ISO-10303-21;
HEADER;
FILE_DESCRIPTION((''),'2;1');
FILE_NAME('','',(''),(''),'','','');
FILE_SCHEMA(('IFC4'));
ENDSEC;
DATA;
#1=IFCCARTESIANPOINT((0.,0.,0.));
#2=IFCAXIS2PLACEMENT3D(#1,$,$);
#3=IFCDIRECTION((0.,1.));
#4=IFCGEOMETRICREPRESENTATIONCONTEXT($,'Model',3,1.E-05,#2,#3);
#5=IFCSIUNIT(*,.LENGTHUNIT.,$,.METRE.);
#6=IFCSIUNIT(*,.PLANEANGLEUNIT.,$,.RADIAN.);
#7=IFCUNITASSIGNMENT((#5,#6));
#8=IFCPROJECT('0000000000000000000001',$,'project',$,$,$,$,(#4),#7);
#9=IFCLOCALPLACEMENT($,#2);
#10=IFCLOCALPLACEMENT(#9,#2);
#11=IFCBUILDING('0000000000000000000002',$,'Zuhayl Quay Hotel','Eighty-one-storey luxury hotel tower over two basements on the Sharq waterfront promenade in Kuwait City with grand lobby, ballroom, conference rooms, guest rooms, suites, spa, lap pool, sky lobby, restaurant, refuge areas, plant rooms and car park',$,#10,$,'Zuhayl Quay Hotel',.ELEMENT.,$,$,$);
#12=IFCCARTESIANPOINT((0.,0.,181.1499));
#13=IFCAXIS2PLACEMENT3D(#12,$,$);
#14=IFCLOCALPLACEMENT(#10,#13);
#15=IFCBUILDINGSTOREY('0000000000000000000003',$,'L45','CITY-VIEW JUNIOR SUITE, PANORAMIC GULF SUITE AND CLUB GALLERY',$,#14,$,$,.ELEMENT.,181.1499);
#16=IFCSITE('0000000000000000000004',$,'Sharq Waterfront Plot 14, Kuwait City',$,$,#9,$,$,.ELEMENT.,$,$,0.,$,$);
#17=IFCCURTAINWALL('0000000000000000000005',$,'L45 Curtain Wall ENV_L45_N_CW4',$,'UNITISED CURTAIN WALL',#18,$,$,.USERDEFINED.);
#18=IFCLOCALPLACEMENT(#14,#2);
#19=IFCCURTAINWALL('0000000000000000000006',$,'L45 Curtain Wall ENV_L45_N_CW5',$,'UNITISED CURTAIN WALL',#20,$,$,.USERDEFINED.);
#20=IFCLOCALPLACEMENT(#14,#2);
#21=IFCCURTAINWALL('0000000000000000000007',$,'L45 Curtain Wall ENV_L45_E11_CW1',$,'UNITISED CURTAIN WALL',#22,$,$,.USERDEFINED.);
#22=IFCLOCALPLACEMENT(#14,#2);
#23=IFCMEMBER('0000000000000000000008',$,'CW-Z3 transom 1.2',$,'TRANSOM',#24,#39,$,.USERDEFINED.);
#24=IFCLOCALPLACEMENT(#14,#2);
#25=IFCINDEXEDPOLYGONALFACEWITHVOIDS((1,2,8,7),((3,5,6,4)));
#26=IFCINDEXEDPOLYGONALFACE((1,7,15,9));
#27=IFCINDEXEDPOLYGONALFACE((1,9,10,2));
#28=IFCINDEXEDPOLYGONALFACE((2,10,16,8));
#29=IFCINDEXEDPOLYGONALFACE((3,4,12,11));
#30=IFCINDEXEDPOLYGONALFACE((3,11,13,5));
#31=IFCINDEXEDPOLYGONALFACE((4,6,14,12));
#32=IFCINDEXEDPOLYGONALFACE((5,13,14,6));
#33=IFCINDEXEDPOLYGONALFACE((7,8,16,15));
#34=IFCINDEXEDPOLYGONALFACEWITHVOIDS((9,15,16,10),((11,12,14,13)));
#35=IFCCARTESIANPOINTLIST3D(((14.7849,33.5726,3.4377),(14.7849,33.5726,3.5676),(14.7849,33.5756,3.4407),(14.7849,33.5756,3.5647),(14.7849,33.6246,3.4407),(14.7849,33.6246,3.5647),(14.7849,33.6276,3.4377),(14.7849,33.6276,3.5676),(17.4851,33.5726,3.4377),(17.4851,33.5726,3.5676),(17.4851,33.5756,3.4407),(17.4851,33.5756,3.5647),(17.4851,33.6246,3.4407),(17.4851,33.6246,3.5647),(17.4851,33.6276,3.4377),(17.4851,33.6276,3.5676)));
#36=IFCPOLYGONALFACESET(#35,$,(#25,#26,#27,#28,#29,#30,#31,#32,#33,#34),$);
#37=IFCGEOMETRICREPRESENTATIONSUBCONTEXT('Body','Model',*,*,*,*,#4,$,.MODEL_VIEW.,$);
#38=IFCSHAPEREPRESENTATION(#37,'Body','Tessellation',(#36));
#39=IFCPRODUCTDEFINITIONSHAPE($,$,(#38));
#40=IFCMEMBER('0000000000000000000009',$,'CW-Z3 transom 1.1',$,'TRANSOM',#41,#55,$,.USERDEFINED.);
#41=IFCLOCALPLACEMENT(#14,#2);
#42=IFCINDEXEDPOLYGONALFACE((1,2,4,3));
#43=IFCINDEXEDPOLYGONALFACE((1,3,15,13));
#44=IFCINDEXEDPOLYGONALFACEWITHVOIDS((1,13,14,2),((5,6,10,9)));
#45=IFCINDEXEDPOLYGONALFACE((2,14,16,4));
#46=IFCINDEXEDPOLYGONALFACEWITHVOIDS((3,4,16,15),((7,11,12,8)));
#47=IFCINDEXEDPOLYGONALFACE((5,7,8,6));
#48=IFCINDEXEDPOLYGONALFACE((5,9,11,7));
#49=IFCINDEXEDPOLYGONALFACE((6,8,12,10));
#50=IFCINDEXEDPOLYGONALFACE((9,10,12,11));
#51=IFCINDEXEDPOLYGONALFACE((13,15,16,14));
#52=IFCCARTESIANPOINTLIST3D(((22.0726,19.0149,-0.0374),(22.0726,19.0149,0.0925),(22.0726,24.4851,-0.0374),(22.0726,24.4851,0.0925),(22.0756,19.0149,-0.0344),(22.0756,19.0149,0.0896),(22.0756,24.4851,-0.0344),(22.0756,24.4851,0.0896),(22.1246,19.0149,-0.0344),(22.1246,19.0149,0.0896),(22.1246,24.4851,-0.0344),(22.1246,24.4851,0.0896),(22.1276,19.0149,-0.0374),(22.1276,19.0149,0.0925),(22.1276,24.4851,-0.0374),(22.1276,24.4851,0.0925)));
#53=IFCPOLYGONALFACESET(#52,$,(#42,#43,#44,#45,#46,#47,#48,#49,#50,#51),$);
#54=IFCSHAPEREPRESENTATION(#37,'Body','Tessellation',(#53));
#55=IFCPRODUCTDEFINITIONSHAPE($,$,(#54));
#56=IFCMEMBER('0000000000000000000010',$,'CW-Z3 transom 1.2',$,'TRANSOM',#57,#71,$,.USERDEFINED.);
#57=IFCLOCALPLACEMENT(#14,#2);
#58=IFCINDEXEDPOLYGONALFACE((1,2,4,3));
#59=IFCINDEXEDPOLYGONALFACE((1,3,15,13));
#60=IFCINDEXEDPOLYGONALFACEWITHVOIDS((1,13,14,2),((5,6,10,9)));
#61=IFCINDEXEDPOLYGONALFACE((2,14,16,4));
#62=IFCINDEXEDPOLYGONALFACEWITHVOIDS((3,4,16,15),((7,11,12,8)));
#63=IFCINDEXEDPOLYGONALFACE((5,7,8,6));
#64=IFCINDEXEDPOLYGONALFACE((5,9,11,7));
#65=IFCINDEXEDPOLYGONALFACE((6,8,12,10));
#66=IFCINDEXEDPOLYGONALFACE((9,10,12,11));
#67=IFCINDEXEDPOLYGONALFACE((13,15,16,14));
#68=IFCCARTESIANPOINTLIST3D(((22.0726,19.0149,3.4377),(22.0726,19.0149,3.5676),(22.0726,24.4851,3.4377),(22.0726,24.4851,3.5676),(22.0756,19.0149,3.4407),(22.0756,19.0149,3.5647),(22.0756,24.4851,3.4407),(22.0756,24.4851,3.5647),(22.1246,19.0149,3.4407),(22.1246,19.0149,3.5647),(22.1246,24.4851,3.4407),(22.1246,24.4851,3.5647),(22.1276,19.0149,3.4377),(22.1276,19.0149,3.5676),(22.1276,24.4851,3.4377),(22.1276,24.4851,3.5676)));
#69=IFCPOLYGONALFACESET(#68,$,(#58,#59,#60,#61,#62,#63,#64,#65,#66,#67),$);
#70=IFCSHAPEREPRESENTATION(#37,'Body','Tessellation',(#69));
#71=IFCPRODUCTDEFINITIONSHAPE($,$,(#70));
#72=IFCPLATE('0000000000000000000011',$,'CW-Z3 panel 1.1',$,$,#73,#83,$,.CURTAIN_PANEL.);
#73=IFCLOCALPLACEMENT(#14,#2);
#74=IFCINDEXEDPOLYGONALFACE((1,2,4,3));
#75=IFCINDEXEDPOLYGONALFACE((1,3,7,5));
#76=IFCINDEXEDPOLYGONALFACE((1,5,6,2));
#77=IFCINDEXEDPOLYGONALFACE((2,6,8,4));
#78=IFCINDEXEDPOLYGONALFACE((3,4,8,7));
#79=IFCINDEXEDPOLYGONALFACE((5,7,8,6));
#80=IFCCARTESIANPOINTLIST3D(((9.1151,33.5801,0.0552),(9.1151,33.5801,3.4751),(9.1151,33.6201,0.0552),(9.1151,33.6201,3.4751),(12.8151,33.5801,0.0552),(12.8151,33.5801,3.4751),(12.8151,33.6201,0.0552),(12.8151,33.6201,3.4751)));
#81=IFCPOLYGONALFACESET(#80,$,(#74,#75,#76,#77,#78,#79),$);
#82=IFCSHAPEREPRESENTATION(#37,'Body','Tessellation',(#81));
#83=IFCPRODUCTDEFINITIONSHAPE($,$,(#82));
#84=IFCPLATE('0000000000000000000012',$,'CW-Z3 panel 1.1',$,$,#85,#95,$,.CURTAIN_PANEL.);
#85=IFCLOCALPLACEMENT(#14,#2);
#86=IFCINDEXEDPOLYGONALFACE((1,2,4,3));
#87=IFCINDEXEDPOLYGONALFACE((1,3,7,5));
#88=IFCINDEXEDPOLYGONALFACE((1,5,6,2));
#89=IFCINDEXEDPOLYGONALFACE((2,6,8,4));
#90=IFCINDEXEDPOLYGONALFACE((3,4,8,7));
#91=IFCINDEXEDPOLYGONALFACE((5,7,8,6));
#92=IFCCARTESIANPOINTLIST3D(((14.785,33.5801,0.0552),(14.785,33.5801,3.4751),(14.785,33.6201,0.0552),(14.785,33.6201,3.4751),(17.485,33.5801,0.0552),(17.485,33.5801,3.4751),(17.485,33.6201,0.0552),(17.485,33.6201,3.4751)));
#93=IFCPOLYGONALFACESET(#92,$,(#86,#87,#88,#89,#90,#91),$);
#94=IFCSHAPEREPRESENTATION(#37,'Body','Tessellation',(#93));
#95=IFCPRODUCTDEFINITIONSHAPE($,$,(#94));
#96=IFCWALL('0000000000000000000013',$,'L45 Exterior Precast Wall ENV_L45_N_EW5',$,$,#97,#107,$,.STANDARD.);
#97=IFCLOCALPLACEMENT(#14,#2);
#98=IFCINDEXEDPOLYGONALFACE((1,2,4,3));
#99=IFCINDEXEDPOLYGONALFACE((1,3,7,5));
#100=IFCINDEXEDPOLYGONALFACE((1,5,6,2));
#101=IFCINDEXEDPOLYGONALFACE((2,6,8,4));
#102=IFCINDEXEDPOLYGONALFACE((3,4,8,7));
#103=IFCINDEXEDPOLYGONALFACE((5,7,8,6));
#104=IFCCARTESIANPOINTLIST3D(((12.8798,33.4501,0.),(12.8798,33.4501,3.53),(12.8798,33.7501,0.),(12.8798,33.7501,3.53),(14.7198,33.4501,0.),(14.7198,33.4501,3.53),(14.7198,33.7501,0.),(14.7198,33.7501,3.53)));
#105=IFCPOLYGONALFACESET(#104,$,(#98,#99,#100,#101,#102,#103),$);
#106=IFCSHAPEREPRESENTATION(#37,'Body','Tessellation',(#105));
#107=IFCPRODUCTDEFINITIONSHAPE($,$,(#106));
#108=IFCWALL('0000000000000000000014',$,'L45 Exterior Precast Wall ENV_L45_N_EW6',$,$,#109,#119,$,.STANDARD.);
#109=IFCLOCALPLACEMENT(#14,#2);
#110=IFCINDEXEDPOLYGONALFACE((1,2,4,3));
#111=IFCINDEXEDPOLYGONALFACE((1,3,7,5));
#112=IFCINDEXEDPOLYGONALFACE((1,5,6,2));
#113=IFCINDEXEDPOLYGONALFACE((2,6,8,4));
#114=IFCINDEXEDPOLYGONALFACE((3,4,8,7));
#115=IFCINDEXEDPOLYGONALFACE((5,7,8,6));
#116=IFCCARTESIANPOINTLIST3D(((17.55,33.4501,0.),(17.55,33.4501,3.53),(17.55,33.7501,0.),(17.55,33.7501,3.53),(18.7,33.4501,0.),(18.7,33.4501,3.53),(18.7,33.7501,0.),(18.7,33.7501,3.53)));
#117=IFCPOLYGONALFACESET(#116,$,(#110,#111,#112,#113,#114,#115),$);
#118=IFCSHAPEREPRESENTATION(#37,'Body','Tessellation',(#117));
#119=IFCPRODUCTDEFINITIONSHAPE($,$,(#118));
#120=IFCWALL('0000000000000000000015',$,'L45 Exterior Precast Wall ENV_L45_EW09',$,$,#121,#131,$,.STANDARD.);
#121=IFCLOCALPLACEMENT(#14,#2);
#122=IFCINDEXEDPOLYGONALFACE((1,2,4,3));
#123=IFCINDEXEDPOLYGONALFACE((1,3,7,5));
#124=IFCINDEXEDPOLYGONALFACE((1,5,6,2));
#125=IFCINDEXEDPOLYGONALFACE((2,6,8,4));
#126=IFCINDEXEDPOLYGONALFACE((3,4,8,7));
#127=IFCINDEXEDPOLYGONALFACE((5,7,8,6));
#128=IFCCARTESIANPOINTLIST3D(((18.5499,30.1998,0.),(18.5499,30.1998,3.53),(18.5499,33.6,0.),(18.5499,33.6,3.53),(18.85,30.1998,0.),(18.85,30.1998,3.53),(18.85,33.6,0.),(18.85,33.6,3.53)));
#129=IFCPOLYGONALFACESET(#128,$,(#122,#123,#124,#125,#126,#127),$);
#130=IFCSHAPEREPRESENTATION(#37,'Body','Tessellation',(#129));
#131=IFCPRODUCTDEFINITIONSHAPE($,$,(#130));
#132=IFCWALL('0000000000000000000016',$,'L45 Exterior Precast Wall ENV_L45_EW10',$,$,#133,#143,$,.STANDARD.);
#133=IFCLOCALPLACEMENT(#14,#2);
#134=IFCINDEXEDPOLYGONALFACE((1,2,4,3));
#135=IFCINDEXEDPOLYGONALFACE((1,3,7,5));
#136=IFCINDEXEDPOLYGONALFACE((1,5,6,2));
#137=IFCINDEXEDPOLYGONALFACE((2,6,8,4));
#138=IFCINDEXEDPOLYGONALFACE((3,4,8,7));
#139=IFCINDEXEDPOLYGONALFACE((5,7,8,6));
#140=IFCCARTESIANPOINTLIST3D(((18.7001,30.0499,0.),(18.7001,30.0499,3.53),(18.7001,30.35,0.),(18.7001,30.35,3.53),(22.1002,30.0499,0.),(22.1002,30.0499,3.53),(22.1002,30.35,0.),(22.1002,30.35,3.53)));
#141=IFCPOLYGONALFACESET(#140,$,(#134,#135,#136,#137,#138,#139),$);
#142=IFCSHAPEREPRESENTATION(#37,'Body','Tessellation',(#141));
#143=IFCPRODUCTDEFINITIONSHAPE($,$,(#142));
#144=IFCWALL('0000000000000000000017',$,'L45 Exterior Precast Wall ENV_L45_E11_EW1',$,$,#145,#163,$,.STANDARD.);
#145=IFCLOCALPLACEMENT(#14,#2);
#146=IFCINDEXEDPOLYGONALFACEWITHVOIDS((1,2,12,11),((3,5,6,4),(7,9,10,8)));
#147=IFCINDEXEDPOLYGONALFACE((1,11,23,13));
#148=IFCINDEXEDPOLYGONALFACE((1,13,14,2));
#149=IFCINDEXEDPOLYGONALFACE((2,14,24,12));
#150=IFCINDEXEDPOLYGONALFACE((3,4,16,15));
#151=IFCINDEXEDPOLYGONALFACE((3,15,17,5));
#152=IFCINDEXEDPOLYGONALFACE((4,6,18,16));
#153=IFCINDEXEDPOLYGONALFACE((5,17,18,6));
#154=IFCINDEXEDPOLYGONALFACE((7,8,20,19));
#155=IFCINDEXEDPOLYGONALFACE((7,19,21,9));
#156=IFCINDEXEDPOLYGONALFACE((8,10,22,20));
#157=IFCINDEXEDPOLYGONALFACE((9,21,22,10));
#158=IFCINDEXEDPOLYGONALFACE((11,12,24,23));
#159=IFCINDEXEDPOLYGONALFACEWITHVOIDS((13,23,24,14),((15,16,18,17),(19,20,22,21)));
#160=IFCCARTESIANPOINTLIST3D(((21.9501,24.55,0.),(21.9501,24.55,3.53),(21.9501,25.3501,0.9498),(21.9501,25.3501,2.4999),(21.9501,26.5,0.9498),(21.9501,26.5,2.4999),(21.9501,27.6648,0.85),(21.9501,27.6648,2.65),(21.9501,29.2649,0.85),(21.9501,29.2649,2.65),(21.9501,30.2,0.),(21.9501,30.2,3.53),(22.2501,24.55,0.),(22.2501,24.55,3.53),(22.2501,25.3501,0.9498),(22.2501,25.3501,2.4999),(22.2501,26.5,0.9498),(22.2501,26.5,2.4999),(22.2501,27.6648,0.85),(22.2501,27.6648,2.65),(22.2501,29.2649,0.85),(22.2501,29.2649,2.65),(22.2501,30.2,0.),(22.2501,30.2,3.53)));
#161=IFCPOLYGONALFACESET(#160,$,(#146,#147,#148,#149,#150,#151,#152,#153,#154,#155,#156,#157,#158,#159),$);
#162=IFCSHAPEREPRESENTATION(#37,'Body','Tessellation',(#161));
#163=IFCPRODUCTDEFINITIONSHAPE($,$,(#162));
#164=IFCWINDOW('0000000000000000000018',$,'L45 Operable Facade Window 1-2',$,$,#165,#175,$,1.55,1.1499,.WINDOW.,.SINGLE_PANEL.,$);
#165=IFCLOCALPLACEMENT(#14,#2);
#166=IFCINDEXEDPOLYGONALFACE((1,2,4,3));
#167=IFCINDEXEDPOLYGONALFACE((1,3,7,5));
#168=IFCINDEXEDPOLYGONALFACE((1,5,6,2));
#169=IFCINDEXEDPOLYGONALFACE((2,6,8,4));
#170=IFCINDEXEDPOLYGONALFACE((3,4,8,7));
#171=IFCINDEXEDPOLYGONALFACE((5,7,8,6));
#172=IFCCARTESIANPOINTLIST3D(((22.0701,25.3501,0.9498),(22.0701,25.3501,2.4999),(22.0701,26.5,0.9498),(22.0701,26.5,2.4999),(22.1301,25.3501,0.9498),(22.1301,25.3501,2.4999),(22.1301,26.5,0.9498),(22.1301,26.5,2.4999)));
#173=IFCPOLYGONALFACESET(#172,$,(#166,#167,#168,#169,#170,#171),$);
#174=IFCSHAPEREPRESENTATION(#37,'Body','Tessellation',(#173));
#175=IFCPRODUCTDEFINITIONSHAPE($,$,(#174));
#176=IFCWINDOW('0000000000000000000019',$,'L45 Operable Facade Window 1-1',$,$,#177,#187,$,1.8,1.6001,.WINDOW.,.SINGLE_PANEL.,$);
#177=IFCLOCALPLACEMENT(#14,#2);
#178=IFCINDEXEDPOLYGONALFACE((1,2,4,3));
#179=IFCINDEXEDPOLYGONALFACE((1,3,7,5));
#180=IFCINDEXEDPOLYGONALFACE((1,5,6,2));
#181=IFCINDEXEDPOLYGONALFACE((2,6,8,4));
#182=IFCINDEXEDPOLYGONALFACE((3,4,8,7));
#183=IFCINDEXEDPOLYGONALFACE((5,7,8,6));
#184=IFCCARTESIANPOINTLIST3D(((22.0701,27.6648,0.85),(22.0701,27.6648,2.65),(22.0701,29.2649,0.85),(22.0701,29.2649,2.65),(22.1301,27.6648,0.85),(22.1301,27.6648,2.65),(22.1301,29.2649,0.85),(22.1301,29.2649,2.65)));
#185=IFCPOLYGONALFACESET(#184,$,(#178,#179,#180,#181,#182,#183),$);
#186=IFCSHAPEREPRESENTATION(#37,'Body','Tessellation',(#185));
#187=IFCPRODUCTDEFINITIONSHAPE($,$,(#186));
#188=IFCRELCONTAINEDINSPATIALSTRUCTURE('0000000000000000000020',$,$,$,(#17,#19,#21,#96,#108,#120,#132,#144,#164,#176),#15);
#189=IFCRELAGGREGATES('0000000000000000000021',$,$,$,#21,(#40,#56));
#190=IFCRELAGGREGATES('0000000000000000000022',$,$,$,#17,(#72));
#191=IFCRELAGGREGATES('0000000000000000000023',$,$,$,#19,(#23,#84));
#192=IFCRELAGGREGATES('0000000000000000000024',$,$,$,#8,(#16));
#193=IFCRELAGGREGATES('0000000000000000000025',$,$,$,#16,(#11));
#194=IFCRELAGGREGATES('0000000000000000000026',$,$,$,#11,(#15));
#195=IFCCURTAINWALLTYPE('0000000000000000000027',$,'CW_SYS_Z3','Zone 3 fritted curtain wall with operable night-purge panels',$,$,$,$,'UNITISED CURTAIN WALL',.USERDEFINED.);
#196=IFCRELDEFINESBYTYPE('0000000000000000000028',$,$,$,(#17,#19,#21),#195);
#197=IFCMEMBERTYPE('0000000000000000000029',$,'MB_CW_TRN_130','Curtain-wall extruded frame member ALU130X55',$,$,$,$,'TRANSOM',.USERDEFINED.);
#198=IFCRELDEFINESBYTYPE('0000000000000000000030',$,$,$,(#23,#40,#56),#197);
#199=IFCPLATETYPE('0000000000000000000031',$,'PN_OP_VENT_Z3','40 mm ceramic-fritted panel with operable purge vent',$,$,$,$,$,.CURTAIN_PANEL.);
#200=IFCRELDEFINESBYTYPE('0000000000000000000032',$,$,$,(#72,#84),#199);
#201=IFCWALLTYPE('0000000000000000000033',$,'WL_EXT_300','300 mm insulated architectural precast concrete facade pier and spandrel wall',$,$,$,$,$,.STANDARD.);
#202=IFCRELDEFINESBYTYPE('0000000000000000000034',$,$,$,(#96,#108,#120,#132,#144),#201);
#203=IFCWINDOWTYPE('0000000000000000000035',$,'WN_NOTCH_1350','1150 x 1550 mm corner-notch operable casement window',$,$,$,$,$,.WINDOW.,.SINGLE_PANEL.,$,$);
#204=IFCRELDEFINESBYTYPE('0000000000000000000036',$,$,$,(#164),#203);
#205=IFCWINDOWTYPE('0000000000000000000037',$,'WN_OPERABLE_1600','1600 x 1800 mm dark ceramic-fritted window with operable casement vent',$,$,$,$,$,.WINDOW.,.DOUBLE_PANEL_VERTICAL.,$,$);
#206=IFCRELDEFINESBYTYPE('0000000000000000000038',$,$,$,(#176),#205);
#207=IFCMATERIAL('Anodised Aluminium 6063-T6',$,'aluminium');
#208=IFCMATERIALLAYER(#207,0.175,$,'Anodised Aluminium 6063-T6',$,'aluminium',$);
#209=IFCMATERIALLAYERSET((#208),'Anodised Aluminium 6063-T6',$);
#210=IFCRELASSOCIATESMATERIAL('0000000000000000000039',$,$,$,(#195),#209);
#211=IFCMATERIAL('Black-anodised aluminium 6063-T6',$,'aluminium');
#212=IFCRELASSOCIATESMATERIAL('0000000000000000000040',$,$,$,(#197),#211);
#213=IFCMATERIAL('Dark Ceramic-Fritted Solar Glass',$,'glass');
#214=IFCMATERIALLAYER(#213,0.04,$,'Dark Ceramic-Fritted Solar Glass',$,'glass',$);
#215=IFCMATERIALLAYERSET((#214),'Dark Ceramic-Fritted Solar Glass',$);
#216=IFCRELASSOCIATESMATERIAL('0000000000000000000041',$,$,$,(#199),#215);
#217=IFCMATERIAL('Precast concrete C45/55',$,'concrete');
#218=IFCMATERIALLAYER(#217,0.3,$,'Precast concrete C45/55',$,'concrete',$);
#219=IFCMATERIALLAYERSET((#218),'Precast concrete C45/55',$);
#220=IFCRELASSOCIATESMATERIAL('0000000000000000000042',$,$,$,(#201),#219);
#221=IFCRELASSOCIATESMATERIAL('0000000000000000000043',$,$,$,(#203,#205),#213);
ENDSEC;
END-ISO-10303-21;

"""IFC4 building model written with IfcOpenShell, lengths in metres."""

from ifc_helpers import new_model, si_unit, direction, frame, frame_2d, origin, origin_2d, place, context, subcontext, project, spatial, rectangle, hollow_rectangle, extrude, material, layer, layer_set, material_profile, profile_set, type_object, element, fill, aggregate, save


model = new_model("IFC4")

# Units and contexts
model_context = context("Model", 3, precision=1e-05, world=origin(), true_north=direction((0.0, 1.0)))
body_context = subcontext(model_context, "Body", "Model", "MODEL_VIEW")
ifc_project = project(units=[si_unit("LENGTHUNIT", "METRE"), si_unit("PLANEANGLEUNIT", "RADIAN")], contexts=[model_context])

# Site, building, storey
site_placement = place(None, origin())
site = spatial("IfcSite", under=ifc_project, at=site_placement, Name="Sharq Waterfront Plot 14, Kuwait City", CompositionType="ELEMENT", RefElevation=0.0)
building_placement = place(site_placement, origin())
building = spatial("IfcBuilding", under=site, at=building_placement, Name="Zuhayl Quay Hotel", Description="Eighty-one-storey luxury hotel tower over two basements on the Sharq waterfront promenade in Kuwait City with grand lobby, ballroom, conference rooms, guest rooms, suites, spa, lap pool, sky lobby, restaurant, refuge areas, plant rooms and car park", LongName="Zuhayl Quay Hotel", CompositionType="ELEMENT")
storey_placement = place(building_placement, frame((0.0, 0.0, 181.1499)))
storey = spatial("IfcBuildingStorey", under=building, at=storey_placement, Name="L45", Description="CITY-VIEW JUNIOR SUITE, PANORAMIC GULF SUITE AND CLUB GALLERY", CompositionType="ELEMENT", Elevation=181.1499)

# Curtain walls
ifc_material_1 = material(Name="Anodised Aluminium 6063-T6", Category="aluminium")
ifc_layer_1 = layer(ifc_material_1, 0.175, Name="Anodised Aluminium 6063-T6", Category="aluminium")
ifc_layer_set_1 = layer_set([ifc_layer_1], Name="Anodised Aluminium 6063-T6")
curtain_wall_type = type_object("IfcCurtainWallType", Name="CW_SYS_Z3", Description="Zone 3 fritted curtain wall with operable night-purge panels", ElementType="UNITISED CURTAIN WALL", PredefinedType="USERDEFINED", material=ifc_layer_set_1)
curtain_wall_1_placement = place(storey_placement, origin())
curtain_wall_1 = element("IfcCurtainWall", 1, at=curtain_wall_1_placement, inside=storey, type_object=curtain_wall_type, Name="L45 Curtain Wall ENV_L45_N_CW4", ObjectType="UNITISED CURTAIN WALL", PredefinedType="USERDEFINED")
ifc_material_2 = material(Name="Black-anodised aluminium 6063-T6", Category="aluminium")
curtain_wall_2_placement = place(storey_placement, origin())
curtain_wall_2 = element("IfcCurtainWall", 2, at=curtain_wall_2_placement, inside=storey, type_object=curtain_wall_type, Name="L45 Curtain Wall ENV_L45_N_CW5", ObjectType="UNITISED CURTAIN WALL", PredefinedType="USERDEFINED")

# Curtain wall
curtain_wall_3_placement = place(storey_placement, origin())
curtain_wall_3 = element("IfcCurtainWall", 3, at=curtain_wall_3_placement, inside=storey, type_object=curtain_wall_type, Name="L45 Curtain Wall ENV_L45_E11_CW1", ObjectType="UNITISED CURTAIN WALL", PredefinedType="USERDEFINED")

# Members
ifc_material_profile_1 = material_profile(ifc_material_2, hollow_rectangle(XDim=0.0549, YDim=0.1299, WallThickness=0.0029, at=origin_2d()), Name="ALU130X55")
ifc_profile_set_1 = profile_set([ifc_material_profile_1], Name="Black-anodised aluminium 6063-T6")
member_type_1 = type_object("IfcMemberType", Name="MB_CW_TRN_130", Description="Curtain-wall extruded frame member ALU130X55", ElementType="TRANSOM", PredefinedType="USERDEFINED", material=ifc_profile_set_1)
member_1_placement = place(storey_placement, frame((14.7849, 33.6001, 3.5027), z_axis=(1.0, 0.0, 0.0), x_axis=(0.0, 1.0, 0.0)))
member_1 = element("IfcMember", 4, at=member_1_placement, type_object=member_type_1, Name="CW-Z3 transom 1.2", ObjectType="TRANSOM", PredefinedType="USERDEFINED", context=body_context, shape_type="SweptSolid", body=[
    extrude(hollow_rectangle(XDim=0.0549, YDim=0.1299, WallThickness=0.0029, at=origin_2d()), origin(), (0.0, 0.0, 1.0), 2.7002),
])
member_2_placement = place(storey_placement, frame((22.1001, 24.4851, 0.0276), z_axis=(0.0, -1.0, 0.0), x_axis=(1.0, 0.0, 0.0)))
member_2 = element("IfcMember", 5, at=member_2_placement, type_object=member_type_1, Name="CW-Z3 transom 1.1", ObjectType="TRANSOM", PredefinedType="USERDEFINED", context=body_context, shape_type="SweptSolid", body=[
    extrude(hollow_rectangle(XDim=0.0549, YDim=0.1299, WallThickness=0.0029, at=origin_2d()), origin(), (0.0, 0.0, 1.0), 5.4702),
])
member_3_placement = place(storey_placement, frame((22.1001, 24.4851, 3.5027), z_axis=(0.0, -1.0, 0.0), x_axis=(1.0, 0.0, 0.0)))
member_3 = element("IfcMember", 6, at=member_3_placement, type_object=member_type_1, Name="CW-Z3 transom 1.2", ObjectType="TRANSOM", PredefinedType="USERDEFINED", context=body_context, shape_type="SweptSolid", body=[
    extrude(hollow_rectangle(XDim=0.0549, YDim=0.1299, WallThickness=0.0029, at=origin_2d()), origin(), (0.0, 0.0, 1.0), 5.4702),
])
aggregate(curtain_wall_3, [member_2, member_3])

# Plates
ifc_material_3 = material(Name="Dark Ceramic-Fritted Solar Glass", Category="glass")
ifc_layer_2 = layer(ifc_material_3, 0.04, Name="Dark Ceramic-Fritted Solar Glass", Category="glass")
ifc_layer_set_2 = layer_set([ifc_layer_2], Name="Dark Ceramic-Fritted Solar Glass")
plate_type = type_object("IfcPlateType", Name="PN_OP_VENT_Z3", Description="40 mm ceramic-fritted panel with operable purge vent", PredefinedType="CURTAIN_PANEL", material=ifc_layer_set_2)
plate_1_placement = place(storey_placement, frame((10.9651, 33.6001, 0.0552), z_axis=(0.0, 0.0, 1.0), x_axis=(1.0, 0.0, 0.0)))
plate_1 = element("IfcPlate", 7, at=plate_1_placement, type_object=plate_type, Name="CW-Z3 panel 1.1", PredefinedType="CURTAIN_PANEL", context=body_context, shape_type="SweptSolid", body=[
    extrude(rectangle(XDim=3.7, YDim=0.04, at=origin_2d()), origin(), (0.0, 0.0, 1.0), 3.4199),
])
aggregate(curtain_wall_1, [plate_1])
plate_2_placement = place(storey_placement, frame((16.135, 33.6001, 0.0552), z_axis=(0.0, 0.0, 1.0), x_axis=(1.0, 0.0, 0.0)))
plate_2 = element("IfcPlate", 8, at=plate_2_placement, type_object=plate_type, Name="CW-Z3 panel 1.1", PredefinedType="CURTAIN_PANEL", context=body_context, shape_type="SweptSolid", body=[
    extrude(rectangle(XDim=2.7, YDim=0.04, at=origin_2d()), origin(), (0.0, 0.0, 1.0), 3.4199),
])
aggregate(curtain_wall_2, [member_1, plate_2])

# Walls
ifc_material_4 = material(Name="Precast concrete C45/55", Category="concrete")
ifc_layer_3 = layer(ifc_material_4, 0.3, Name="Precast concrete C45/55", Category="concrete")
ifc_layer_set_3 = layer_set([ifc_layer_3], Name="Precast concrete C45/55")
wall_type_1 = type_object("IfcWallType", Name="WL_EXT_300", Description="300 mm insulated architectural precast concrete facade pier and spandrel wall", PredefinedType="STANDARD", material=ifc_layer_set_3)
wall_1_placement = place(storey_placement, frame((12.8799, 33.6001, 0.0), z_axis=(0.0, 0.0, 1.0), x_axis=(1.0, 0.0, 0.0)))
element("IfcWall", 9, at=wall_1_placement, inside=storey, type_object=wall_type_1, Name="L45 Exterior Precast Wall ENV_L45_N_EW5", PredefinedType="STANDARD", context=body_context, shape_type="SweptSolid", body=[
    extrude(rectangle(XDim=1.8401, YDim=0.3, at=frame_2d((0.9199, 0.0))), origin(), (0.0, 0.0, 1.0), 3.53),
])
wall_2_placement = place(storey_placement, frame((17.55, 33.6001, 0.0), z_axis=(0.0, 0.0, 1.0), x_axis=(1.0, 0.0, 0.0)))
element("IfcWall", 10, at=wall_2_placement, inside=storey, type_object=wall_type_1, Name="L45 Exterior Precast Wall ENV_L45_N_EW6", PredefinedType="STANDARD", context=body_context, shape_type="SweptSolid", body=[
    extrude(rectangle(XDim=1.1499, YDim=0.3, at=frame_2d((0.575, 0.0))), origin(), (0.0, 0.0, 1.0), 3.53),
])
for number, where, z_axis, x_axis, name in (
    (11, (18.7, 33.6001, 0.0), (0.0, 0.0, 1.0), (0.0, -1.0, 0.0), "L45 Exterior Precast Wall ENV_L45_EW09"),
    (12, (18.7, 30.2, 0.0), (0.0, 0.0, 1.0), (1.0, 0.0, 0.0), "L45 Exterior Precast Wall ENV_L45_EW10"),
):
    element("IfcWall", number, at=place(storey_placement, frame(where, z_axis=z_axis, x_axis=x_axis)), inside=storey, type_object=wall_type_1, Name=name, PredefinedType="STANDARD", context=body_context, shape_type="SweptSolid", body=[
        extrude(rectangle(XDim=3.4001, YDim=0.3, at=frame_2d((1.7002, 0.0))), origin(), (0.0, 0.0, 1.0), 3.53),
    ])

# Wall, openings, windows
wall_3_placement = place(storey_placement, frame((22.1001, 30.2, 0.0), z_axis=(0.0, 0.0, 1.0), x_axis=(0.0, -1.0, 0.0)))
wall_3 = element("IfcWall", 13, at=wall_3_placement, inside=storey, type_object=wall_type_1, Name="L45 Exterior Precast Wall ENV_L45_E11_EW1", PredefinedType="STANDARD", context=body_context, shape_type="SweptSolid", body=[
    extrude(rectangle(XDim=5.6499, YDim=0.3, at=frame_2d((2.825, 0.0))), origin(), (0.0, 0.0, 1.0), 3.53),
])
opening_1_placement = place(wall_3_placement, frame((0.9351, 0.0, 0.8501)))
opening_1 = element("IfcOpeningElement", 14, at=opening_1_placement, cuts=wall_3, PredefinedType="OPENING", context=body_context, shape_type="SweptSolid", body=[
    extrude(rectangle(XDim=1.6001, YDim=1.8, at=frame_2d((0.8, 0.8999))), frame((0.0, 0.1599, 0.0), z_axis=(0.0, -1.0, 0.0), x_axis=(1.0, 0.0, 0.0)), (0.0, 0.0, 1.0), 0.3201),
])
opening_2_placement = place(wall_3_placement, frame((3.7, 0.0, 0.95)))
opening_2 = element("IfcOpeningElement", 15, at=opening_2_placement, cuts=wall_3, PredefinedType="OPENING", context=body_context, shape_type="SweptSolid", body=[
    extrude(rectangle(XDim=1.1499, YDim=1.55, at=frame_2d((0.575, 0.7749))), frame((0.0, 0.1599, 0.0), z_axis=(0.0, -1.0, 0.0), x_axis=(1.0, 0.0, 0.0)), (0.0, 0.0, 1.0), 0.3201),
])
window_type_1 = type_object("IfcWindowType", Name="WN_NOTCH_1350", Description="1150 x 1550 mm corner-notch operable casement window", PartitioningType="SINGLE_PANEL", PredefinedType="WINDOW", material=ifc_material_3)
window_1_placement = place(opening_2_placement, origin())
window_1 = element("IfcWindow", 16, at=window_1_placement, inside=storey, type_object=window_type_1, Name="L45 Operable Facade Window 1-2", OverallHeight=1.55, OverallWidth=1.1499, PartitioningType="SINGLE_PANEL", PredefinedType="WINDOW", context=body_context, shape_type="SweptSolid", body=[
    extrude(rectangle(XDim=1.1499, YDim=1.55, at=frame_2d((0.575, 0.7749))), frame((0.0, 0.03, 0.0), z_axis=(0.0, -1.0, 0.0), x_axis=(1.0, 0.0, 0.0)), (0.0, 0.0, 1.0), 0.0601),
])
fill(opening_2, window_1)
window_type_2 = type_object("IfcWindowType", Name="WN_OPERABLE_1600", Description="1600 x 1800 mm dark ceramic-fritted window with operable casement vent", PartitioningType="DOUBLE_PANEL_VERTICAL", PredefinedType="WINDOW", material=ifc_material_3)
window_2_placement = place(opening_1_placement, origin())
window_2 = element("IfcWindow", 17, at=window_2_placement, inside=storey, type_object=window_type_2, Name="L45 Operable Facade Window 1-1", OverallHeight=1.8, OverallWidth=1.6001, PartitioningType="SINGLE_PANEL", PredefinedType="WINDOW", context=body_context, shape_type="SweptSolid", body=[
    extrude(rectangle(XDim=1.6001, YDim=1.8, at=frame_2d((0.8, 0.8999))), frame((0.0, 0.03, 0.0), z_axis=(0.0, -1.0, 0.0), x_axis=(1.0, 0.0, 0.0)), (0.0, 0.0, 1.0), 0.0601),
])
fill(opening_1, window_2)

save(model, "model.ifc")
